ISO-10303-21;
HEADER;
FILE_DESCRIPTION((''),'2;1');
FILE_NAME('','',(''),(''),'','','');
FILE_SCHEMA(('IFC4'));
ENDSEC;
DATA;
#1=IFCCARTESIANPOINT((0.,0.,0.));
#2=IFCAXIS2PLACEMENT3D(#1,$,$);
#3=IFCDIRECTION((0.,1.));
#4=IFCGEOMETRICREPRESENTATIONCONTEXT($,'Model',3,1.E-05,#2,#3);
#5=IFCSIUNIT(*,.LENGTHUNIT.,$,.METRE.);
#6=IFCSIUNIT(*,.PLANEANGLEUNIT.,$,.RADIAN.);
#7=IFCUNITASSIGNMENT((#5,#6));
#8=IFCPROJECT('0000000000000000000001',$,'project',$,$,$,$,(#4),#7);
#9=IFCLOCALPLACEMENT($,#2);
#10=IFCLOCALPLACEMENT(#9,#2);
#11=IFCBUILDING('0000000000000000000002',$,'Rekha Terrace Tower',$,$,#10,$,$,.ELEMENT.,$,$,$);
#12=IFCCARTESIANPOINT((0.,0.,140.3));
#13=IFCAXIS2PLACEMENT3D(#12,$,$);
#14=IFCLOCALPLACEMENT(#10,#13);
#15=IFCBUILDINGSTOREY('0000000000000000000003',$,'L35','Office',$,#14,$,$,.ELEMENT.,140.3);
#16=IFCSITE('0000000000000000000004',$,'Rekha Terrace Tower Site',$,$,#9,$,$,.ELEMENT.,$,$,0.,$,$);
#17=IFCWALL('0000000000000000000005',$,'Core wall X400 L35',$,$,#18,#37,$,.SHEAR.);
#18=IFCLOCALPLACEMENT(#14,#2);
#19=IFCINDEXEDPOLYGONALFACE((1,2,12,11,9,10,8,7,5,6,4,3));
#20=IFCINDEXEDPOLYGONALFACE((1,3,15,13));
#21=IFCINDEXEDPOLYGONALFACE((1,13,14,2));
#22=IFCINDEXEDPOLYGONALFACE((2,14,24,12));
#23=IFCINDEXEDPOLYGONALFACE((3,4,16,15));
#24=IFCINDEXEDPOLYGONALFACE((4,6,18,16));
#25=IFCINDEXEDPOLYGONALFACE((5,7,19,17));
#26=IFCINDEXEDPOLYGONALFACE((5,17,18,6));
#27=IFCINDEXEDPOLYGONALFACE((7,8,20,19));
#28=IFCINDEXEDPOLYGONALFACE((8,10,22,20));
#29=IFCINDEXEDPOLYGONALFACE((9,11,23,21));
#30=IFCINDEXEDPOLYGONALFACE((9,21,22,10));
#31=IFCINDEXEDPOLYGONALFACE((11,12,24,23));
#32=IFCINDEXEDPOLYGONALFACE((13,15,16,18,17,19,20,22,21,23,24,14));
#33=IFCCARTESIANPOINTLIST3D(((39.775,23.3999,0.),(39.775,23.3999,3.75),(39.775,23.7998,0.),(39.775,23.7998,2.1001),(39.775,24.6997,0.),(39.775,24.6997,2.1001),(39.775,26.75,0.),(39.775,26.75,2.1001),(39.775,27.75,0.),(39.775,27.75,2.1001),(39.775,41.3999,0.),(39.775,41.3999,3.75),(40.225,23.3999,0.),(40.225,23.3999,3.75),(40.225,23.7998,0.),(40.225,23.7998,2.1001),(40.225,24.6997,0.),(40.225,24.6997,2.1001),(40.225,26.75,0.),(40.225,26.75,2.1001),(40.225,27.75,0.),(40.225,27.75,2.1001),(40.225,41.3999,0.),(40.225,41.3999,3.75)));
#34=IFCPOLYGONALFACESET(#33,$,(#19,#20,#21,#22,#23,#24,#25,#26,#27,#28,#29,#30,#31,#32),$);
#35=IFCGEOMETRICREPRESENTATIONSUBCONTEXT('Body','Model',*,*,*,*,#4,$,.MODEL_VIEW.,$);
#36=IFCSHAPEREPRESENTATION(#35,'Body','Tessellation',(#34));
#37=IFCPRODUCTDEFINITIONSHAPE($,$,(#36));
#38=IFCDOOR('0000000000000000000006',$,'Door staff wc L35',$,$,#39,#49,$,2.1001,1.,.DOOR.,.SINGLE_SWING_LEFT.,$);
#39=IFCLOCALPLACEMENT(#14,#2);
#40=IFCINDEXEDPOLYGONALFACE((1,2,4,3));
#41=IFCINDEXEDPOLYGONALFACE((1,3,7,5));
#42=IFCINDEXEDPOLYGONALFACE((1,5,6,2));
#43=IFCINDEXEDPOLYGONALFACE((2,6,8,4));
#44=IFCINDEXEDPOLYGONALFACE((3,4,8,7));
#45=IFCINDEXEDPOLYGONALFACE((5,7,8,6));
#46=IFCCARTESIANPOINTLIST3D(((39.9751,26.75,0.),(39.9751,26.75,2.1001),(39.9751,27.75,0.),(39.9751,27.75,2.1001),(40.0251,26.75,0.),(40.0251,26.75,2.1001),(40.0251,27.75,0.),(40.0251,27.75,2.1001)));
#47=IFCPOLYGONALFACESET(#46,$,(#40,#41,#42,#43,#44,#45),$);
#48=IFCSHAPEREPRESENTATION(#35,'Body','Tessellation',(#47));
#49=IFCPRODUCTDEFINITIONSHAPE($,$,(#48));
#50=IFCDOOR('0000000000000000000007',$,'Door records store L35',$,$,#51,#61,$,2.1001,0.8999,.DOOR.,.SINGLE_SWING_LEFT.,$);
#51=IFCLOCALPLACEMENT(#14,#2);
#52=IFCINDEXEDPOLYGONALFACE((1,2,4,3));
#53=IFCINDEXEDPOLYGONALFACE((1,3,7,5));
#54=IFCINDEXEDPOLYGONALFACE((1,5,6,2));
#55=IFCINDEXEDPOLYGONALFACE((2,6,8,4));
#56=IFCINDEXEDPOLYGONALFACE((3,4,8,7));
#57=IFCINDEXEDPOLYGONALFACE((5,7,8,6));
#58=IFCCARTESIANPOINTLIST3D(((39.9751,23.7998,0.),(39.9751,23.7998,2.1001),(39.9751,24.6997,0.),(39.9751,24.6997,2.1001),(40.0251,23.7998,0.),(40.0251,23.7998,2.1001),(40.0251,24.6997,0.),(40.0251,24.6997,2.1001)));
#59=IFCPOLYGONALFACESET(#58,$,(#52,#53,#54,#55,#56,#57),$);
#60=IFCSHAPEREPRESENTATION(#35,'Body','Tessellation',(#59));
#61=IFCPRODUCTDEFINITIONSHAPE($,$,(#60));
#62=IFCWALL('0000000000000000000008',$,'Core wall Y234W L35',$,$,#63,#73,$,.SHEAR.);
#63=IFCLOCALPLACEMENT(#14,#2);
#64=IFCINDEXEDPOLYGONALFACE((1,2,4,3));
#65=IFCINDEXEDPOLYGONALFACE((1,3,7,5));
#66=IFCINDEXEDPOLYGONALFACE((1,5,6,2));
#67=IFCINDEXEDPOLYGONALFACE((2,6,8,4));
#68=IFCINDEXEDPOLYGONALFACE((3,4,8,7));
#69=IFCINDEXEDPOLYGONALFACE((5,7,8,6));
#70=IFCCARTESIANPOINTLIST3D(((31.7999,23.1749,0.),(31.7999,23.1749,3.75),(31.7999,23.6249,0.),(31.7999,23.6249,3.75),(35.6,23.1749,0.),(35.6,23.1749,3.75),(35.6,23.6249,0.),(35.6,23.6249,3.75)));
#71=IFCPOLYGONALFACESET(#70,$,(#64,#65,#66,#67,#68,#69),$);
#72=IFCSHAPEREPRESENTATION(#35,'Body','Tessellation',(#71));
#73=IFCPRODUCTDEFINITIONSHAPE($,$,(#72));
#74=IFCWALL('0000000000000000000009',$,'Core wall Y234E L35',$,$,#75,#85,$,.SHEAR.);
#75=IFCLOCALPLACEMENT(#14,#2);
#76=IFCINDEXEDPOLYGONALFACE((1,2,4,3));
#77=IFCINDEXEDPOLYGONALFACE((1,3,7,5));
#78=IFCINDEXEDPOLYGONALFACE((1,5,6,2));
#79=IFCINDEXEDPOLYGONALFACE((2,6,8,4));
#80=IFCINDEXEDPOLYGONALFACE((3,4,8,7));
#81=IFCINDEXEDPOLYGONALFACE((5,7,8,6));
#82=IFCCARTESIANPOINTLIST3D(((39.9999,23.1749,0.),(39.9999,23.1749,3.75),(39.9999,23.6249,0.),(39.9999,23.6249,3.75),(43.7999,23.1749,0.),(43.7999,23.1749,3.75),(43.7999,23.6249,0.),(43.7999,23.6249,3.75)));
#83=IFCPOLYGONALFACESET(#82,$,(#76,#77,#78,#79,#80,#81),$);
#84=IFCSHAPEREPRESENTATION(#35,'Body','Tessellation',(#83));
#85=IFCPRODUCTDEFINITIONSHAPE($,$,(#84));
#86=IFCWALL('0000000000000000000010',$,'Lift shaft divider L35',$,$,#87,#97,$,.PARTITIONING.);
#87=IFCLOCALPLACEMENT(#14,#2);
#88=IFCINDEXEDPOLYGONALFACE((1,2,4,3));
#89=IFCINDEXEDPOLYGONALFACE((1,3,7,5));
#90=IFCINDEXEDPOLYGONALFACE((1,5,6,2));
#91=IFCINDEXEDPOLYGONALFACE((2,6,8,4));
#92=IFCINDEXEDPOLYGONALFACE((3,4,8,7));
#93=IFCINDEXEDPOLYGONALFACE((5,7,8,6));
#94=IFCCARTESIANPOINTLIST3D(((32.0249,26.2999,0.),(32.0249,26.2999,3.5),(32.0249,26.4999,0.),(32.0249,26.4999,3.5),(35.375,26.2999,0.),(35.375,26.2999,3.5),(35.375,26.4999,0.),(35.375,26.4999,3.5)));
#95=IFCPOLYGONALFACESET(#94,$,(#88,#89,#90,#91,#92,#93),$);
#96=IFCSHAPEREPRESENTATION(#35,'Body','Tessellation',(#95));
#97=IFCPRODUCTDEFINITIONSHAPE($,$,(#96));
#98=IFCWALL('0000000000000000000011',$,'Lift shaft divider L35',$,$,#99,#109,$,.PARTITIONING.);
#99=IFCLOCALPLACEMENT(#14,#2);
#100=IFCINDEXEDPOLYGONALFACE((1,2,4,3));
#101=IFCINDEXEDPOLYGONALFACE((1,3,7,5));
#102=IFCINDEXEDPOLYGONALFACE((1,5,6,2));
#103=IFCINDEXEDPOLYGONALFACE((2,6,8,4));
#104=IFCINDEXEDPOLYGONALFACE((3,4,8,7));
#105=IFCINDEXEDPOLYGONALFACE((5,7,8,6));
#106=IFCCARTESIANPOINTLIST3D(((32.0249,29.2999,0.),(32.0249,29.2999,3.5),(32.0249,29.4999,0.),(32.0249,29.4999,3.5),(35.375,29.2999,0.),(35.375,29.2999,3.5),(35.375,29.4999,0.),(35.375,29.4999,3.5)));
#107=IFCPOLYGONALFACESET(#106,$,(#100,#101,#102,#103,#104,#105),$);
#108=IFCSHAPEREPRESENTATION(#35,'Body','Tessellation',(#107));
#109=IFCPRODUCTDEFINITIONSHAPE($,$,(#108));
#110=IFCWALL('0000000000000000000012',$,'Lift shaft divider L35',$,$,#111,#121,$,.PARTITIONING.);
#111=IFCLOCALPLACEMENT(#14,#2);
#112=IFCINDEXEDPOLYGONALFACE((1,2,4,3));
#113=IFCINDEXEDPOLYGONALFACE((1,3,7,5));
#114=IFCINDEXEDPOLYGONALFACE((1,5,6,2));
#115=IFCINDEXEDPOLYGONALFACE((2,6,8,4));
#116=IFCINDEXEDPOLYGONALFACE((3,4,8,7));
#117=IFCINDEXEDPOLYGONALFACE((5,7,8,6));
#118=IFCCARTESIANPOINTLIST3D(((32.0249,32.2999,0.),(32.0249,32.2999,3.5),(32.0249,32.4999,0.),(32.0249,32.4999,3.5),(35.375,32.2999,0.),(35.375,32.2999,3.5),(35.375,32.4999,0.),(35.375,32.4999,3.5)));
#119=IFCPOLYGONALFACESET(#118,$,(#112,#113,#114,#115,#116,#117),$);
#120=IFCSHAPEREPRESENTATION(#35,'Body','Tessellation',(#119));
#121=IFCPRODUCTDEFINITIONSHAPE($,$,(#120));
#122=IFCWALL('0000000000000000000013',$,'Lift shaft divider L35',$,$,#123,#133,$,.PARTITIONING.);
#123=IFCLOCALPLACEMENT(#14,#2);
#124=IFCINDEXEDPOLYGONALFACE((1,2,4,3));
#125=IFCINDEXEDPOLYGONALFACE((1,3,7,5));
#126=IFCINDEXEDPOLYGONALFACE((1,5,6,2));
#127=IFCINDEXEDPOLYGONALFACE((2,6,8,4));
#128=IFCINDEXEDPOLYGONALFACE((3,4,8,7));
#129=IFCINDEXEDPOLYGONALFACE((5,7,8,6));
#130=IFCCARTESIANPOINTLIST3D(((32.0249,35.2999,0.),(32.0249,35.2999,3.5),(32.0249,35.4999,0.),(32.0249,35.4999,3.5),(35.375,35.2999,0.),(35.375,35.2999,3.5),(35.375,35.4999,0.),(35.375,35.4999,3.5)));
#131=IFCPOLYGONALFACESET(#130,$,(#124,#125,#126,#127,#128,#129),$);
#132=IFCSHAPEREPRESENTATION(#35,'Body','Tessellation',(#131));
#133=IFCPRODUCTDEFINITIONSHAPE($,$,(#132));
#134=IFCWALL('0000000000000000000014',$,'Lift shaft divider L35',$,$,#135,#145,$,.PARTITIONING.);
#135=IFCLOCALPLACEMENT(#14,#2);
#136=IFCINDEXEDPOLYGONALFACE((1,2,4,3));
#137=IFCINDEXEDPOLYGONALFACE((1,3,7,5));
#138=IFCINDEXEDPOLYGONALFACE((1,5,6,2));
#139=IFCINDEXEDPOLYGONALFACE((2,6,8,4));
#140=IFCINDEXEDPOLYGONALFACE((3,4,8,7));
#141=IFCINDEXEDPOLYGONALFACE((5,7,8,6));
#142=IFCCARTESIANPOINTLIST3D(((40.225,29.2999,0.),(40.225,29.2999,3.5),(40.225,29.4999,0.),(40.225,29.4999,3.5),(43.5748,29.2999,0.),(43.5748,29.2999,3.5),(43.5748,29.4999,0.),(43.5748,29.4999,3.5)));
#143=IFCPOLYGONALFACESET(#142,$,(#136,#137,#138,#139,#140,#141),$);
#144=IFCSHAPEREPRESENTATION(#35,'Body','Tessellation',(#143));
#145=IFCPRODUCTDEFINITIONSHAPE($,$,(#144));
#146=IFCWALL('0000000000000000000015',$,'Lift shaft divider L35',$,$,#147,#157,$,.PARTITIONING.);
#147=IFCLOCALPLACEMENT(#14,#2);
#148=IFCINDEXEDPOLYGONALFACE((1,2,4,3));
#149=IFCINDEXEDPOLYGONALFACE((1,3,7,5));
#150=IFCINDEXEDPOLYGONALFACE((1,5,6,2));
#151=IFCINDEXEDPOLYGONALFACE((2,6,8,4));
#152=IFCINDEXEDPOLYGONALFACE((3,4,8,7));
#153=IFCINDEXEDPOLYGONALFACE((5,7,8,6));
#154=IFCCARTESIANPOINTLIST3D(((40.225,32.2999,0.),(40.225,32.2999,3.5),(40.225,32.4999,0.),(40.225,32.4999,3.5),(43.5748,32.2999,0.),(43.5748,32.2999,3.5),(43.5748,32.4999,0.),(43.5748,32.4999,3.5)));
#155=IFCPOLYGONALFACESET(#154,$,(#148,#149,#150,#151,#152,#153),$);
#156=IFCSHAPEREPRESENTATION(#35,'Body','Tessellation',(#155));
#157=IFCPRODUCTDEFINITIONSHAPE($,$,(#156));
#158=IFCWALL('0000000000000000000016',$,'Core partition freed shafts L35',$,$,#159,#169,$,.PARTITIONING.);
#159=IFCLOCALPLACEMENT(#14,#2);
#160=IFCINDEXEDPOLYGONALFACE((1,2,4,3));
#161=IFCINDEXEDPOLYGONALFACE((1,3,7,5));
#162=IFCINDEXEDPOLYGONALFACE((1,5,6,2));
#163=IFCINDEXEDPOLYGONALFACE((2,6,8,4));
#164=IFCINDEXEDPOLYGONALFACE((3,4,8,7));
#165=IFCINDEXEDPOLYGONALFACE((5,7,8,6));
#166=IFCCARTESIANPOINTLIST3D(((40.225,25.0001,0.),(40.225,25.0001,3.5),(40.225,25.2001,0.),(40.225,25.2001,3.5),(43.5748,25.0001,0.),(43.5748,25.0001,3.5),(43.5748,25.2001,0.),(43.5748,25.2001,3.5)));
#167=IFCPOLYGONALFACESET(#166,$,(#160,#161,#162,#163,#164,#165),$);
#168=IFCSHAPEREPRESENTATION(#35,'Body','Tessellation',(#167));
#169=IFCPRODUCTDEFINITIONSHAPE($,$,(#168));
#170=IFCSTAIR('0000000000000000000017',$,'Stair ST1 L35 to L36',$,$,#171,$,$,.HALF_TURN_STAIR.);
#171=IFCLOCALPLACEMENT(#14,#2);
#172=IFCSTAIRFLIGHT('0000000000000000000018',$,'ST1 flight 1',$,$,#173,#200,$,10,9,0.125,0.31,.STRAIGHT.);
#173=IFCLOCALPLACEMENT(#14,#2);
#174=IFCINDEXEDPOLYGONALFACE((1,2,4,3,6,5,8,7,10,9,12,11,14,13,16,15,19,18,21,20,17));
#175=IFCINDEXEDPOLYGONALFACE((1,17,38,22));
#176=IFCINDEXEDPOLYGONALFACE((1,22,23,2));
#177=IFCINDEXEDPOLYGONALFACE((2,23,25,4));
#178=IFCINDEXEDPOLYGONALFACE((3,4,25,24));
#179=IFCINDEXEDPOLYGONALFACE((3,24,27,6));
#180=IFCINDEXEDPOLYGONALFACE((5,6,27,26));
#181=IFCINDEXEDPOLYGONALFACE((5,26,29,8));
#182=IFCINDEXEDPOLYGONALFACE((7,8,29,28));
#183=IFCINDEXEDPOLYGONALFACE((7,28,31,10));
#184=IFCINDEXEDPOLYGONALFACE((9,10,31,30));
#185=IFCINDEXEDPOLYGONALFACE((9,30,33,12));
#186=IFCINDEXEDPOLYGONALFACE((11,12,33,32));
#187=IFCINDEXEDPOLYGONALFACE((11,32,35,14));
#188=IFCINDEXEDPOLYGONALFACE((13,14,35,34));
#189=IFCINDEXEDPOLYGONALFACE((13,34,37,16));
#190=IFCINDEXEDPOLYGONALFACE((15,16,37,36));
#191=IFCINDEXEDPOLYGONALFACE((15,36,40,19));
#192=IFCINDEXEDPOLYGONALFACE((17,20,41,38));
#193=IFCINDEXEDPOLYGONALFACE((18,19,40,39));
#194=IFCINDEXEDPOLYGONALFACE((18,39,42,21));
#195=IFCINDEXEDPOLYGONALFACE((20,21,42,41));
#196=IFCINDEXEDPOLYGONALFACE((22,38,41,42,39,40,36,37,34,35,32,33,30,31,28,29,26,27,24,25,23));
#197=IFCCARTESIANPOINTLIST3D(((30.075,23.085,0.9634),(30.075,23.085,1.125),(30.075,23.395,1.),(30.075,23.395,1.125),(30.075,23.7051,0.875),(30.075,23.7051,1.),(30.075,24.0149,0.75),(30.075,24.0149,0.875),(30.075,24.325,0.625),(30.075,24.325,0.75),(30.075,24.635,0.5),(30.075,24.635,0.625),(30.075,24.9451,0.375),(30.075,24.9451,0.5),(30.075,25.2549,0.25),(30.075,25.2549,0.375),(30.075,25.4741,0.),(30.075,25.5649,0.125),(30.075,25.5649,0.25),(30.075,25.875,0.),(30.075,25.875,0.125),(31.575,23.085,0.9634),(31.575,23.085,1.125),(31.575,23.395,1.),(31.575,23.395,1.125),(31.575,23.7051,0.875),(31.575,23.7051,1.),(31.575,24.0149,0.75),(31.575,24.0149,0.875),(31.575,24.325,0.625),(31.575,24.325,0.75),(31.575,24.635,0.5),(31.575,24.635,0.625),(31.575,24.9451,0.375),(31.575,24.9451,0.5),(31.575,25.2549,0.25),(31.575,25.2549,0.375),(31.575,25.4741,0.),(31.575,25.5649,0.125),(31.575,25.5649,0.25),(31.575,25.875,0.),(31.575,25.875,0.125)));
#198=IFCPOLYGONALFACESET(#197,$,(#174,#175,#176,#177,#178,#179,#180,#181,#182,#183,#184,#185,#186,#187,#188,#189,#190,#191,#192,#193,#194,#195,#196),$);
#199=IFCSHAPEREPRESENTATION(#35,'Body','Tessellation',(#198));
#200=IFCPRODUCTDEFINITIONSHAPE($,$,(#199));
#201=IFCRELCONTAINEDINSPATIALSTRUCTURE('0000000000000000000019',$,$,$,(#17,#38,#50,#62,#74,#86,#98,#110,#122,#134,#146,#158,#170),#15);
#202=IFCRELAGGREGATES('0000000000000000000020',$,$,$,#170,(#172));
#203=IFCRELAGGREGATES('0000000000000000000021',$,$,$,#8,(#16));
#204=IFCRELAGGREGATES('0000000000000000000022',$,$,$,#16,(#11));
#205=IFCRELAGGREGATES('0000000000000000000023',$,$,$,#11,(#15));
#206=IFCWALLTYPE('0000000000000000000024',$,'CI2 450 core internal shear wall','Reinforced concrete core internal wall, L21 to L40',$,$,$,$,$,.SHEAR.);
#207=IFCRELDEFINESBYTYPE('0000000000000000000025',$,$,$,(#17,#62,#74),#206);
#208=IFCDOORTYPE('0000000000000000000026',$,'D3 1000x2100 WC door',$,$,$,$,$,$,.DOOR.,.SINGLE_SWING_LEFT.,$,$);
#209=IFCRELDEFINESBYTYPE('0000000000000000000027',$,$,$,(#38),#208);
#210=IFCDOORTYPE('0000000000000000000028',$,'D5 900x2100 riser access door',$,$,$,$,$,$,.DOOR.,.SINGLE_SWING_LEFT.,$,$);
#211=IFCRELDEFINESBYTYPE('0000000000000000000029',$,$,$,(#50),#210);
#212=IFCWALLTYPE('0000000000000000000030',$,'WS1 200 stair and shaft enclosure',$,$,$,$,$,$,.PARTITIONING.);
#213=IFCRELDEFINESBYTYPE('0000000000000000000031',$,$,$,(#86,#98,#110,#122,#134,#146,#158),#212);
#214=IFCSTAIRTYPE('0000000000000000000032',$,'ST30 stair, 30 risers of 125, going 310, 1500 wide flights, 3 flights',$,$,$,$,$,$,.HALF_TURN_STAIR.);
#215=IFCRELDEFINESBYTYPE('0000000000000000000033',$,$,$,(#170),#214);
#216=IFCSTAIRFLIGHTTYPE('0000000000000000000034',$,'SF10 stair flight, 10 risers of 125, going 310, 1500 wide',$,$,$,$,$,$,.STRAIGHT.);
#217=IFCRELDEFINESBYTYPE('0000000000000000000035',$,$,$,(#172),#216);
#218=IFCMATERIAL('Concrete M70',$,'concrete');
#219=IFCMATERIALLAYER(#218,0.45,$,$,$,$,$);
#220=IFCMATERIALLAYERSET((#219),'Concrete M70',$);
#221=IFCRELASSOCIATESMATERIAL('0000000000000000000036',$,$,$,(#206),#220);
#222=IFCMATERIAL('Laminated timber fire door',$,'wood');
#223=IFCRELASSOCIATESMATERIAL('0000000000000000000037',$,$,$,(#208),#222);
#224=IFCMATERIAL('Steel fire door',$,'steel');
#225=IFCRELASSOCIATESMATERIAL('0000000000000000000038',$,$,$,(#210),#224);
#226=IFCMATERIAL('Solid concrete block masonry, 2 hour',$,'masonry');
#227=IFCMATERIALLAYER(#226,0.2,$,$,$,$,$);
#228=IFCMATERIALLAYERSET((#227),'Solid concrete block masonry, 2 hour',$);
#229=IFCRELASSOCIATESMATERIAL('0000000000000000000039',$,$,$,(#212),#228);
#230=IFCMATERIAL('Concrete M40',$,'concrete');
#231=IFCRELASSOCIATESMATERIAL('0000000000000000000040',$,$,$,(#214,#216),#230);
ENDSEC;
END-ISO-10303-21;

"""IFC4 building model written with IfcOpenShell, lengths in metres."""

from ifc_helpers import new_model, si_unit, direction, frame, frame_2d, origin, place, context, subcontext, project, spatial, polyline, rectangle, outline, extrude, material, layer, layer_set, type_object, element, fill, aggregate, save


model = new_model("IFC4")

# Units and contexts
model_context = context("Model", 3, precision=1e-05, world=origin(), true_north=direction((0.0, 1.0)))
body_context = subcontext(model_context, "Body", "Model", "MODEL_VIEW")
ifc_project = project(units=[si_unit("LENGTHUNIT", "METRE"), si_unit("PLANEANGLEUNIT", "RADIAN")], contexts=[model_context])

# Site, building, storey
site_placement = place(None, origin())
site = spatial("IfcSite", under=ifc_project, at=site_placement, Name="Rekha Terrace Tower Site", CompositionType="ELEMENT", RefElevation=0.0)
building_placement = place(site_placement, origin())
building = spatial("IfcBuilding", under=site, at=building_placement, Name="Rekha Terrace Tower", CompositionType="ELEMENT")
storey_placement = place(building_placement, frame((0.0, 0.0, 140.3)))
storey = spatial("IfcBuildingStorey", under=building, at=storey_placement, Name="L35", Description="Office", CompositionType="ELEMENT", Elevation=140.3)

# Wall, openings, doors
ifc_material_1 = material(Name="Concrete M70", Category="concrete")
ifc_layer_1 = layer(ifc_material_1, 0.45)
ifc_layer_set_1 = layer_set([ifc_layer_1], Name="Concrete M70")
wall_type_1 = type_object("IfcWallType", Name="CI2 450 core internal shear wall", Description="Reinforced concrete core internal wall, L21 to L40", PredefinedType="SHEAR", material=ifc_layer_set_1)
wall_1_placement = place(storey_placement, frame((40.0, 23.3999, 0.0), z_axis=(0.0, 0.0, 1.0), x_axis=(0.0, 1.0, 0.0)))
wall_1 = element("IfcWall", 1, at=wall_1_placement, inside=storey, type_object=wall_type_1, Name="Core wall X400 L35", PredefinedType="SHEAR", context=body_context, shape_type="SweptSolid", body=[
    extrude(rectangle(XDim=18.0, YDim=0.45, at=frame_2d((9.0, 0.0))), origin(), (0.0, 0.0, 1.0), 3.75),
])
opening_1_placement = place(wall_1_placement, frame((0.3999, 0.0, 0.0)))
opening_1 = element("IfcOpeningElement", 2, at=opening_1_placement, cuts=wall_1, PredefinedType="OPENING", context=body_context, shape_type="SweptSolid", body=[
    extrude(rectangle(XDim=0.8999, YDim=2.1001, at=frame_2d((0.45, 1.05))), frame((0.0, 0.2349, 0.0), z_axis=(0.0, -1.0, 0.0), x_axis=(1.0, 0.0, 0.0)), (0.0, 0.0, 1.0), 0.47),
])
opening_2_placement = place(wall_1_placement, frame((3.3501, 0.0, 0.0)))
opening_2 = element("IfcOpeningElement", 3, at=opening_2_placement, cuts=wall_1, PredefinedType="OPENING", context=body_context, shape_type="SweptSolid", body=[
    extrude(rectangle(XDim=1.0, YDim=2.1001, at=frame_2d((0.5, 1.05))), frame((0.0, 0.2349, 0.0), z_axis=(0.0, -1.0, 0.0), x_axis=(1.0, 0.0, 0.0)), (0.0, 0.0, 1.0), 0.47),
])
ifc_material_2 = material(Name="Laminated timber fire door", Category="wood")
door_type_1 = type_object("IfcDoorType", Name="D3 1000x2100 WC door", OperationType="SINGLE_SWING_LEFT", PredefinedType="DOOR", material=ifc_material_2)
door_1_placement = place(opening_2_placement, origin())
door_1 = element("IfcDoor", 4, at=door_1_placement, inside=storey, type_object=door_type_1, Name="Door staff wc L35", OperationType="SINGLE_SWING_LEFT", OverallHeight=2.1001, OverallWidth=1.0, PredefinedType="DOOR", context=body_context, shape_type="SweptSolid", body=[
    extrude(rectangle(XDim=1.0, YDim=2.1001, at=frame_2d((0.5, 1.05))), frame((0.0, 0.0249, 0.0), z_axis=(0.0, -1.0, 0.0), x_axis=(1.0, 0.0, 0.0)), (0.0, 0.0, 1.0), 0.05),
])
fill(opening_2, door_1)
ifc_material_3 = material(Name="Steel fire door", Category="steel")
door_type_2 = type_object("IfcDoorType", Name="D5 900x2100 riser access door", OperationType="SINGLE_SWING_LEFT", PredefinedType="DOOR", material=ifc_material_3)
door_2_placement = place(opening_1_placement, origin())
door_2 = element("IfcDoor", 5, at=door_2_placement, inside=storey, type_object=door_type_2, Name="Door records store L35", OperationType="SINGLE_SWING_LEFT", OverallHeight=2.1001, OverallWidth=0.8999, PredefinedType="DOOR", context=body_context, shape_type="SweptSolid", body=[
    extrude(rectangle(XDim=0.8999, YDim=2.1001, at=frame_2d((0.45, 1.05))), frame((0.0, 0.0249, 0.0), z_axis=(0.0, -1.0, 0.0), x_axis=(1.0, 0.0, 0.0)), (0.0, 0.0, 1.0), 0.05),
])
fill(opening_1, door_2)

# Walls
for number, where, z_axis, x_axis, name in (
    (6, (31.8, 23.3999, 0.0), (0.0, 0.0, 1.0), (1.0, 0.0, 0.0), "Core wall Y234W L35"),
    (7, (40.0, 23.3999, 0.0), (0.0, 0.0, 1.0), (1.0, 0.0, 0.0), "Core wall Y234E L35"),
):
    element("IfcWall", number, at=place(storey_placement, frame(where, z_axis=z_axis, x_axis=x_axis)), inside=storey, type_object=wall_type_1, Name=name, PredefinedType="SHEAR", context=body_context, shape_type="SweptSolid", body=[
        extrude(rectangle(XDim=3.8, YDim=0.45, at=frame_2d((1.8999, 0.0))), origin(), (0.0, 0.0, 1.0), 3.75),
    ])
ifc_material_4 = material(Name="Solid concrete block masonry, 2 hour", Category="masonry")
ifc_layer_2 = layer(ifc_material_4, 0.2)
ifc_layer_set_2 = layer_set([ifc_layer_2], Name="Solid concrete block masonry, 2 hour")
wall_type_2 = type_object("IfcWallType", Name="WS1 200 stair and shaft enclosure", PredefinedType="PARTITIONING", material=ifc_layer_set_2)
for number, where, z_axis, x_axis, name in (
    (8, (32.0249, 26.3999, 0.0), (0.0, 0.0, 1.0), (1.0, 0.0, 0.0), "Lift shaft divider L35"),
    (9, (32.0249, 29.3999, 0.0), (0.0, 0.0, 1.0), (1.0, 0.0, 0.0), "Lift shaft divider L35"),
    (10, (32.0249, 32.3999, 0.0), (0.0, 0.0, 1.0), (1.0, 0.0, 0.0), "Lift shaft divider L35"),
    (11, (32.0249, 35.3999, 0.0), (0.0, 0.0, 1.0), (1.0, 0.0, 0.0), "Lift shaft divider L35"),
):
    element("IfcWall", number, at=place(storey_placement, frame(where, z_axis=z_axis, x_axis=x_axis)), inside=storey, type_object=wall_type_2, Name=name, PredefinedType="PARTITIONING", context=body_context, shape_type="SweptSolid", body=[
        extrude(rectangle(XDim=3.3501, YDim=0.2, at=frame_2d((1.675, 0.0))), origin(), (0.0, 0.0, 1.0), 3.5),
    ])
for number, where, z_axis, x_axis, name in (
    (12, (40.2251, 29.3999, 0.0), (0.0, 0.0, 1.0), (1.0, 0.0, 0.0), "Lift shaft divider L35"),
    (13, (40.2251, 32.3999, 0.0), (0.0, 0.0, 1.0), (1.0, 0.0, 0.0), "Lift shaft divider L35"),
    (14, (40.2251, 25.1001, 0.0), (0.0, 0.0, 1.0), (1.0, 0.0, 0.0), "Core partition freed shafts L35"),
):
    element("IfcWall", number, at=place(storey_placement, frame(where, z_axis=z_axis, x_axis=x_axis)), inside=storey, type_object=wall_type_2, Name=name, PredefinedType="PARTITIONING", context=body_context, shape_type="SweptSolid", body=[
        extrude(rectangle(XDim=3.3499, YDim=0.2, at=frame_2d((1.6748, 0.0))), origin(), (0.0, 0.0, 1.0), 3.5),
    ])

# Stair, stair flight
ifc_material_5 = material(Name="Concrete M40", Category="concrete")
stair_type = type_object("IfcStairType", Name="ST30 stair, 30 risers of 125, going 310, 1500 wide flights, 3 flights", PredefinedType="HALF_TURN_STAIR", material=ifc_material_5)
stair_placement = place(storey_placement, origin())
stair = element("IfcStair", 15, at=stair_placement, inside=storey, type_object=stair_type, Name="Stair ST1 L35 to L36", PredefinedType="HALF_TURN_STAIR")
stair_flight_type = type_object("IfcStairFlightType", Name="SF10 stair flight, 10 risers of 125, going 310, 1500 wide", PredefinedType="STRAIGHT", material=ifc_material_5)
stair_flight_placement = place(storey_placement, frame((30.825, 25.875, 0.0), z_axis=(0.0, 0.0, 1.0), x_axis=(0.0, -1.0, 0.0)))
stair_flight = element("IfcStairFlight", 16, at=stair_flight_placement, type_object=stair_flight_type, Name="ST1 flight 1", NumberOfRisers=10, NumberOfTreads=9, PredefinedType="STRAIGHT", RiserHeight=0.125, TreadLength=0.31, context=body_context, shape_type="SweptSolid", body=[
    extrude(outline(polyline([(0.0, 0.0), (0.0, 0.125), (0.3101, 0.125), (0.3101, 0.25), (0.6201, 0.25), (0.6201, 0.375), (0.9299, 0.375), (0.9299, 0.5), (1.24, 0.5), (1.24, 0.625), (1.55, 0.625), (1.55, 0.75), (1.8601, 0.75), (1.8601, 0.875), (2.1699, 0.875), (2.1699, 1.0), (2.48, 1.0), (2.48, 1.125), (2.79, 1.125), (2.79, 1.25), (2.79, 0.9634), (0.4009, 0.0), (0.0, 0.0)])), frame((0.0, 0.75, 0.0), z_axis=(0.0, -1.0, 0.0), x_axis=(1.0, 0.0, 0.0)), (0.0, 0.0, 1.0), 1.5),
])
aggregate(stair, [stair_flight])

save(model, "model.ifc")
